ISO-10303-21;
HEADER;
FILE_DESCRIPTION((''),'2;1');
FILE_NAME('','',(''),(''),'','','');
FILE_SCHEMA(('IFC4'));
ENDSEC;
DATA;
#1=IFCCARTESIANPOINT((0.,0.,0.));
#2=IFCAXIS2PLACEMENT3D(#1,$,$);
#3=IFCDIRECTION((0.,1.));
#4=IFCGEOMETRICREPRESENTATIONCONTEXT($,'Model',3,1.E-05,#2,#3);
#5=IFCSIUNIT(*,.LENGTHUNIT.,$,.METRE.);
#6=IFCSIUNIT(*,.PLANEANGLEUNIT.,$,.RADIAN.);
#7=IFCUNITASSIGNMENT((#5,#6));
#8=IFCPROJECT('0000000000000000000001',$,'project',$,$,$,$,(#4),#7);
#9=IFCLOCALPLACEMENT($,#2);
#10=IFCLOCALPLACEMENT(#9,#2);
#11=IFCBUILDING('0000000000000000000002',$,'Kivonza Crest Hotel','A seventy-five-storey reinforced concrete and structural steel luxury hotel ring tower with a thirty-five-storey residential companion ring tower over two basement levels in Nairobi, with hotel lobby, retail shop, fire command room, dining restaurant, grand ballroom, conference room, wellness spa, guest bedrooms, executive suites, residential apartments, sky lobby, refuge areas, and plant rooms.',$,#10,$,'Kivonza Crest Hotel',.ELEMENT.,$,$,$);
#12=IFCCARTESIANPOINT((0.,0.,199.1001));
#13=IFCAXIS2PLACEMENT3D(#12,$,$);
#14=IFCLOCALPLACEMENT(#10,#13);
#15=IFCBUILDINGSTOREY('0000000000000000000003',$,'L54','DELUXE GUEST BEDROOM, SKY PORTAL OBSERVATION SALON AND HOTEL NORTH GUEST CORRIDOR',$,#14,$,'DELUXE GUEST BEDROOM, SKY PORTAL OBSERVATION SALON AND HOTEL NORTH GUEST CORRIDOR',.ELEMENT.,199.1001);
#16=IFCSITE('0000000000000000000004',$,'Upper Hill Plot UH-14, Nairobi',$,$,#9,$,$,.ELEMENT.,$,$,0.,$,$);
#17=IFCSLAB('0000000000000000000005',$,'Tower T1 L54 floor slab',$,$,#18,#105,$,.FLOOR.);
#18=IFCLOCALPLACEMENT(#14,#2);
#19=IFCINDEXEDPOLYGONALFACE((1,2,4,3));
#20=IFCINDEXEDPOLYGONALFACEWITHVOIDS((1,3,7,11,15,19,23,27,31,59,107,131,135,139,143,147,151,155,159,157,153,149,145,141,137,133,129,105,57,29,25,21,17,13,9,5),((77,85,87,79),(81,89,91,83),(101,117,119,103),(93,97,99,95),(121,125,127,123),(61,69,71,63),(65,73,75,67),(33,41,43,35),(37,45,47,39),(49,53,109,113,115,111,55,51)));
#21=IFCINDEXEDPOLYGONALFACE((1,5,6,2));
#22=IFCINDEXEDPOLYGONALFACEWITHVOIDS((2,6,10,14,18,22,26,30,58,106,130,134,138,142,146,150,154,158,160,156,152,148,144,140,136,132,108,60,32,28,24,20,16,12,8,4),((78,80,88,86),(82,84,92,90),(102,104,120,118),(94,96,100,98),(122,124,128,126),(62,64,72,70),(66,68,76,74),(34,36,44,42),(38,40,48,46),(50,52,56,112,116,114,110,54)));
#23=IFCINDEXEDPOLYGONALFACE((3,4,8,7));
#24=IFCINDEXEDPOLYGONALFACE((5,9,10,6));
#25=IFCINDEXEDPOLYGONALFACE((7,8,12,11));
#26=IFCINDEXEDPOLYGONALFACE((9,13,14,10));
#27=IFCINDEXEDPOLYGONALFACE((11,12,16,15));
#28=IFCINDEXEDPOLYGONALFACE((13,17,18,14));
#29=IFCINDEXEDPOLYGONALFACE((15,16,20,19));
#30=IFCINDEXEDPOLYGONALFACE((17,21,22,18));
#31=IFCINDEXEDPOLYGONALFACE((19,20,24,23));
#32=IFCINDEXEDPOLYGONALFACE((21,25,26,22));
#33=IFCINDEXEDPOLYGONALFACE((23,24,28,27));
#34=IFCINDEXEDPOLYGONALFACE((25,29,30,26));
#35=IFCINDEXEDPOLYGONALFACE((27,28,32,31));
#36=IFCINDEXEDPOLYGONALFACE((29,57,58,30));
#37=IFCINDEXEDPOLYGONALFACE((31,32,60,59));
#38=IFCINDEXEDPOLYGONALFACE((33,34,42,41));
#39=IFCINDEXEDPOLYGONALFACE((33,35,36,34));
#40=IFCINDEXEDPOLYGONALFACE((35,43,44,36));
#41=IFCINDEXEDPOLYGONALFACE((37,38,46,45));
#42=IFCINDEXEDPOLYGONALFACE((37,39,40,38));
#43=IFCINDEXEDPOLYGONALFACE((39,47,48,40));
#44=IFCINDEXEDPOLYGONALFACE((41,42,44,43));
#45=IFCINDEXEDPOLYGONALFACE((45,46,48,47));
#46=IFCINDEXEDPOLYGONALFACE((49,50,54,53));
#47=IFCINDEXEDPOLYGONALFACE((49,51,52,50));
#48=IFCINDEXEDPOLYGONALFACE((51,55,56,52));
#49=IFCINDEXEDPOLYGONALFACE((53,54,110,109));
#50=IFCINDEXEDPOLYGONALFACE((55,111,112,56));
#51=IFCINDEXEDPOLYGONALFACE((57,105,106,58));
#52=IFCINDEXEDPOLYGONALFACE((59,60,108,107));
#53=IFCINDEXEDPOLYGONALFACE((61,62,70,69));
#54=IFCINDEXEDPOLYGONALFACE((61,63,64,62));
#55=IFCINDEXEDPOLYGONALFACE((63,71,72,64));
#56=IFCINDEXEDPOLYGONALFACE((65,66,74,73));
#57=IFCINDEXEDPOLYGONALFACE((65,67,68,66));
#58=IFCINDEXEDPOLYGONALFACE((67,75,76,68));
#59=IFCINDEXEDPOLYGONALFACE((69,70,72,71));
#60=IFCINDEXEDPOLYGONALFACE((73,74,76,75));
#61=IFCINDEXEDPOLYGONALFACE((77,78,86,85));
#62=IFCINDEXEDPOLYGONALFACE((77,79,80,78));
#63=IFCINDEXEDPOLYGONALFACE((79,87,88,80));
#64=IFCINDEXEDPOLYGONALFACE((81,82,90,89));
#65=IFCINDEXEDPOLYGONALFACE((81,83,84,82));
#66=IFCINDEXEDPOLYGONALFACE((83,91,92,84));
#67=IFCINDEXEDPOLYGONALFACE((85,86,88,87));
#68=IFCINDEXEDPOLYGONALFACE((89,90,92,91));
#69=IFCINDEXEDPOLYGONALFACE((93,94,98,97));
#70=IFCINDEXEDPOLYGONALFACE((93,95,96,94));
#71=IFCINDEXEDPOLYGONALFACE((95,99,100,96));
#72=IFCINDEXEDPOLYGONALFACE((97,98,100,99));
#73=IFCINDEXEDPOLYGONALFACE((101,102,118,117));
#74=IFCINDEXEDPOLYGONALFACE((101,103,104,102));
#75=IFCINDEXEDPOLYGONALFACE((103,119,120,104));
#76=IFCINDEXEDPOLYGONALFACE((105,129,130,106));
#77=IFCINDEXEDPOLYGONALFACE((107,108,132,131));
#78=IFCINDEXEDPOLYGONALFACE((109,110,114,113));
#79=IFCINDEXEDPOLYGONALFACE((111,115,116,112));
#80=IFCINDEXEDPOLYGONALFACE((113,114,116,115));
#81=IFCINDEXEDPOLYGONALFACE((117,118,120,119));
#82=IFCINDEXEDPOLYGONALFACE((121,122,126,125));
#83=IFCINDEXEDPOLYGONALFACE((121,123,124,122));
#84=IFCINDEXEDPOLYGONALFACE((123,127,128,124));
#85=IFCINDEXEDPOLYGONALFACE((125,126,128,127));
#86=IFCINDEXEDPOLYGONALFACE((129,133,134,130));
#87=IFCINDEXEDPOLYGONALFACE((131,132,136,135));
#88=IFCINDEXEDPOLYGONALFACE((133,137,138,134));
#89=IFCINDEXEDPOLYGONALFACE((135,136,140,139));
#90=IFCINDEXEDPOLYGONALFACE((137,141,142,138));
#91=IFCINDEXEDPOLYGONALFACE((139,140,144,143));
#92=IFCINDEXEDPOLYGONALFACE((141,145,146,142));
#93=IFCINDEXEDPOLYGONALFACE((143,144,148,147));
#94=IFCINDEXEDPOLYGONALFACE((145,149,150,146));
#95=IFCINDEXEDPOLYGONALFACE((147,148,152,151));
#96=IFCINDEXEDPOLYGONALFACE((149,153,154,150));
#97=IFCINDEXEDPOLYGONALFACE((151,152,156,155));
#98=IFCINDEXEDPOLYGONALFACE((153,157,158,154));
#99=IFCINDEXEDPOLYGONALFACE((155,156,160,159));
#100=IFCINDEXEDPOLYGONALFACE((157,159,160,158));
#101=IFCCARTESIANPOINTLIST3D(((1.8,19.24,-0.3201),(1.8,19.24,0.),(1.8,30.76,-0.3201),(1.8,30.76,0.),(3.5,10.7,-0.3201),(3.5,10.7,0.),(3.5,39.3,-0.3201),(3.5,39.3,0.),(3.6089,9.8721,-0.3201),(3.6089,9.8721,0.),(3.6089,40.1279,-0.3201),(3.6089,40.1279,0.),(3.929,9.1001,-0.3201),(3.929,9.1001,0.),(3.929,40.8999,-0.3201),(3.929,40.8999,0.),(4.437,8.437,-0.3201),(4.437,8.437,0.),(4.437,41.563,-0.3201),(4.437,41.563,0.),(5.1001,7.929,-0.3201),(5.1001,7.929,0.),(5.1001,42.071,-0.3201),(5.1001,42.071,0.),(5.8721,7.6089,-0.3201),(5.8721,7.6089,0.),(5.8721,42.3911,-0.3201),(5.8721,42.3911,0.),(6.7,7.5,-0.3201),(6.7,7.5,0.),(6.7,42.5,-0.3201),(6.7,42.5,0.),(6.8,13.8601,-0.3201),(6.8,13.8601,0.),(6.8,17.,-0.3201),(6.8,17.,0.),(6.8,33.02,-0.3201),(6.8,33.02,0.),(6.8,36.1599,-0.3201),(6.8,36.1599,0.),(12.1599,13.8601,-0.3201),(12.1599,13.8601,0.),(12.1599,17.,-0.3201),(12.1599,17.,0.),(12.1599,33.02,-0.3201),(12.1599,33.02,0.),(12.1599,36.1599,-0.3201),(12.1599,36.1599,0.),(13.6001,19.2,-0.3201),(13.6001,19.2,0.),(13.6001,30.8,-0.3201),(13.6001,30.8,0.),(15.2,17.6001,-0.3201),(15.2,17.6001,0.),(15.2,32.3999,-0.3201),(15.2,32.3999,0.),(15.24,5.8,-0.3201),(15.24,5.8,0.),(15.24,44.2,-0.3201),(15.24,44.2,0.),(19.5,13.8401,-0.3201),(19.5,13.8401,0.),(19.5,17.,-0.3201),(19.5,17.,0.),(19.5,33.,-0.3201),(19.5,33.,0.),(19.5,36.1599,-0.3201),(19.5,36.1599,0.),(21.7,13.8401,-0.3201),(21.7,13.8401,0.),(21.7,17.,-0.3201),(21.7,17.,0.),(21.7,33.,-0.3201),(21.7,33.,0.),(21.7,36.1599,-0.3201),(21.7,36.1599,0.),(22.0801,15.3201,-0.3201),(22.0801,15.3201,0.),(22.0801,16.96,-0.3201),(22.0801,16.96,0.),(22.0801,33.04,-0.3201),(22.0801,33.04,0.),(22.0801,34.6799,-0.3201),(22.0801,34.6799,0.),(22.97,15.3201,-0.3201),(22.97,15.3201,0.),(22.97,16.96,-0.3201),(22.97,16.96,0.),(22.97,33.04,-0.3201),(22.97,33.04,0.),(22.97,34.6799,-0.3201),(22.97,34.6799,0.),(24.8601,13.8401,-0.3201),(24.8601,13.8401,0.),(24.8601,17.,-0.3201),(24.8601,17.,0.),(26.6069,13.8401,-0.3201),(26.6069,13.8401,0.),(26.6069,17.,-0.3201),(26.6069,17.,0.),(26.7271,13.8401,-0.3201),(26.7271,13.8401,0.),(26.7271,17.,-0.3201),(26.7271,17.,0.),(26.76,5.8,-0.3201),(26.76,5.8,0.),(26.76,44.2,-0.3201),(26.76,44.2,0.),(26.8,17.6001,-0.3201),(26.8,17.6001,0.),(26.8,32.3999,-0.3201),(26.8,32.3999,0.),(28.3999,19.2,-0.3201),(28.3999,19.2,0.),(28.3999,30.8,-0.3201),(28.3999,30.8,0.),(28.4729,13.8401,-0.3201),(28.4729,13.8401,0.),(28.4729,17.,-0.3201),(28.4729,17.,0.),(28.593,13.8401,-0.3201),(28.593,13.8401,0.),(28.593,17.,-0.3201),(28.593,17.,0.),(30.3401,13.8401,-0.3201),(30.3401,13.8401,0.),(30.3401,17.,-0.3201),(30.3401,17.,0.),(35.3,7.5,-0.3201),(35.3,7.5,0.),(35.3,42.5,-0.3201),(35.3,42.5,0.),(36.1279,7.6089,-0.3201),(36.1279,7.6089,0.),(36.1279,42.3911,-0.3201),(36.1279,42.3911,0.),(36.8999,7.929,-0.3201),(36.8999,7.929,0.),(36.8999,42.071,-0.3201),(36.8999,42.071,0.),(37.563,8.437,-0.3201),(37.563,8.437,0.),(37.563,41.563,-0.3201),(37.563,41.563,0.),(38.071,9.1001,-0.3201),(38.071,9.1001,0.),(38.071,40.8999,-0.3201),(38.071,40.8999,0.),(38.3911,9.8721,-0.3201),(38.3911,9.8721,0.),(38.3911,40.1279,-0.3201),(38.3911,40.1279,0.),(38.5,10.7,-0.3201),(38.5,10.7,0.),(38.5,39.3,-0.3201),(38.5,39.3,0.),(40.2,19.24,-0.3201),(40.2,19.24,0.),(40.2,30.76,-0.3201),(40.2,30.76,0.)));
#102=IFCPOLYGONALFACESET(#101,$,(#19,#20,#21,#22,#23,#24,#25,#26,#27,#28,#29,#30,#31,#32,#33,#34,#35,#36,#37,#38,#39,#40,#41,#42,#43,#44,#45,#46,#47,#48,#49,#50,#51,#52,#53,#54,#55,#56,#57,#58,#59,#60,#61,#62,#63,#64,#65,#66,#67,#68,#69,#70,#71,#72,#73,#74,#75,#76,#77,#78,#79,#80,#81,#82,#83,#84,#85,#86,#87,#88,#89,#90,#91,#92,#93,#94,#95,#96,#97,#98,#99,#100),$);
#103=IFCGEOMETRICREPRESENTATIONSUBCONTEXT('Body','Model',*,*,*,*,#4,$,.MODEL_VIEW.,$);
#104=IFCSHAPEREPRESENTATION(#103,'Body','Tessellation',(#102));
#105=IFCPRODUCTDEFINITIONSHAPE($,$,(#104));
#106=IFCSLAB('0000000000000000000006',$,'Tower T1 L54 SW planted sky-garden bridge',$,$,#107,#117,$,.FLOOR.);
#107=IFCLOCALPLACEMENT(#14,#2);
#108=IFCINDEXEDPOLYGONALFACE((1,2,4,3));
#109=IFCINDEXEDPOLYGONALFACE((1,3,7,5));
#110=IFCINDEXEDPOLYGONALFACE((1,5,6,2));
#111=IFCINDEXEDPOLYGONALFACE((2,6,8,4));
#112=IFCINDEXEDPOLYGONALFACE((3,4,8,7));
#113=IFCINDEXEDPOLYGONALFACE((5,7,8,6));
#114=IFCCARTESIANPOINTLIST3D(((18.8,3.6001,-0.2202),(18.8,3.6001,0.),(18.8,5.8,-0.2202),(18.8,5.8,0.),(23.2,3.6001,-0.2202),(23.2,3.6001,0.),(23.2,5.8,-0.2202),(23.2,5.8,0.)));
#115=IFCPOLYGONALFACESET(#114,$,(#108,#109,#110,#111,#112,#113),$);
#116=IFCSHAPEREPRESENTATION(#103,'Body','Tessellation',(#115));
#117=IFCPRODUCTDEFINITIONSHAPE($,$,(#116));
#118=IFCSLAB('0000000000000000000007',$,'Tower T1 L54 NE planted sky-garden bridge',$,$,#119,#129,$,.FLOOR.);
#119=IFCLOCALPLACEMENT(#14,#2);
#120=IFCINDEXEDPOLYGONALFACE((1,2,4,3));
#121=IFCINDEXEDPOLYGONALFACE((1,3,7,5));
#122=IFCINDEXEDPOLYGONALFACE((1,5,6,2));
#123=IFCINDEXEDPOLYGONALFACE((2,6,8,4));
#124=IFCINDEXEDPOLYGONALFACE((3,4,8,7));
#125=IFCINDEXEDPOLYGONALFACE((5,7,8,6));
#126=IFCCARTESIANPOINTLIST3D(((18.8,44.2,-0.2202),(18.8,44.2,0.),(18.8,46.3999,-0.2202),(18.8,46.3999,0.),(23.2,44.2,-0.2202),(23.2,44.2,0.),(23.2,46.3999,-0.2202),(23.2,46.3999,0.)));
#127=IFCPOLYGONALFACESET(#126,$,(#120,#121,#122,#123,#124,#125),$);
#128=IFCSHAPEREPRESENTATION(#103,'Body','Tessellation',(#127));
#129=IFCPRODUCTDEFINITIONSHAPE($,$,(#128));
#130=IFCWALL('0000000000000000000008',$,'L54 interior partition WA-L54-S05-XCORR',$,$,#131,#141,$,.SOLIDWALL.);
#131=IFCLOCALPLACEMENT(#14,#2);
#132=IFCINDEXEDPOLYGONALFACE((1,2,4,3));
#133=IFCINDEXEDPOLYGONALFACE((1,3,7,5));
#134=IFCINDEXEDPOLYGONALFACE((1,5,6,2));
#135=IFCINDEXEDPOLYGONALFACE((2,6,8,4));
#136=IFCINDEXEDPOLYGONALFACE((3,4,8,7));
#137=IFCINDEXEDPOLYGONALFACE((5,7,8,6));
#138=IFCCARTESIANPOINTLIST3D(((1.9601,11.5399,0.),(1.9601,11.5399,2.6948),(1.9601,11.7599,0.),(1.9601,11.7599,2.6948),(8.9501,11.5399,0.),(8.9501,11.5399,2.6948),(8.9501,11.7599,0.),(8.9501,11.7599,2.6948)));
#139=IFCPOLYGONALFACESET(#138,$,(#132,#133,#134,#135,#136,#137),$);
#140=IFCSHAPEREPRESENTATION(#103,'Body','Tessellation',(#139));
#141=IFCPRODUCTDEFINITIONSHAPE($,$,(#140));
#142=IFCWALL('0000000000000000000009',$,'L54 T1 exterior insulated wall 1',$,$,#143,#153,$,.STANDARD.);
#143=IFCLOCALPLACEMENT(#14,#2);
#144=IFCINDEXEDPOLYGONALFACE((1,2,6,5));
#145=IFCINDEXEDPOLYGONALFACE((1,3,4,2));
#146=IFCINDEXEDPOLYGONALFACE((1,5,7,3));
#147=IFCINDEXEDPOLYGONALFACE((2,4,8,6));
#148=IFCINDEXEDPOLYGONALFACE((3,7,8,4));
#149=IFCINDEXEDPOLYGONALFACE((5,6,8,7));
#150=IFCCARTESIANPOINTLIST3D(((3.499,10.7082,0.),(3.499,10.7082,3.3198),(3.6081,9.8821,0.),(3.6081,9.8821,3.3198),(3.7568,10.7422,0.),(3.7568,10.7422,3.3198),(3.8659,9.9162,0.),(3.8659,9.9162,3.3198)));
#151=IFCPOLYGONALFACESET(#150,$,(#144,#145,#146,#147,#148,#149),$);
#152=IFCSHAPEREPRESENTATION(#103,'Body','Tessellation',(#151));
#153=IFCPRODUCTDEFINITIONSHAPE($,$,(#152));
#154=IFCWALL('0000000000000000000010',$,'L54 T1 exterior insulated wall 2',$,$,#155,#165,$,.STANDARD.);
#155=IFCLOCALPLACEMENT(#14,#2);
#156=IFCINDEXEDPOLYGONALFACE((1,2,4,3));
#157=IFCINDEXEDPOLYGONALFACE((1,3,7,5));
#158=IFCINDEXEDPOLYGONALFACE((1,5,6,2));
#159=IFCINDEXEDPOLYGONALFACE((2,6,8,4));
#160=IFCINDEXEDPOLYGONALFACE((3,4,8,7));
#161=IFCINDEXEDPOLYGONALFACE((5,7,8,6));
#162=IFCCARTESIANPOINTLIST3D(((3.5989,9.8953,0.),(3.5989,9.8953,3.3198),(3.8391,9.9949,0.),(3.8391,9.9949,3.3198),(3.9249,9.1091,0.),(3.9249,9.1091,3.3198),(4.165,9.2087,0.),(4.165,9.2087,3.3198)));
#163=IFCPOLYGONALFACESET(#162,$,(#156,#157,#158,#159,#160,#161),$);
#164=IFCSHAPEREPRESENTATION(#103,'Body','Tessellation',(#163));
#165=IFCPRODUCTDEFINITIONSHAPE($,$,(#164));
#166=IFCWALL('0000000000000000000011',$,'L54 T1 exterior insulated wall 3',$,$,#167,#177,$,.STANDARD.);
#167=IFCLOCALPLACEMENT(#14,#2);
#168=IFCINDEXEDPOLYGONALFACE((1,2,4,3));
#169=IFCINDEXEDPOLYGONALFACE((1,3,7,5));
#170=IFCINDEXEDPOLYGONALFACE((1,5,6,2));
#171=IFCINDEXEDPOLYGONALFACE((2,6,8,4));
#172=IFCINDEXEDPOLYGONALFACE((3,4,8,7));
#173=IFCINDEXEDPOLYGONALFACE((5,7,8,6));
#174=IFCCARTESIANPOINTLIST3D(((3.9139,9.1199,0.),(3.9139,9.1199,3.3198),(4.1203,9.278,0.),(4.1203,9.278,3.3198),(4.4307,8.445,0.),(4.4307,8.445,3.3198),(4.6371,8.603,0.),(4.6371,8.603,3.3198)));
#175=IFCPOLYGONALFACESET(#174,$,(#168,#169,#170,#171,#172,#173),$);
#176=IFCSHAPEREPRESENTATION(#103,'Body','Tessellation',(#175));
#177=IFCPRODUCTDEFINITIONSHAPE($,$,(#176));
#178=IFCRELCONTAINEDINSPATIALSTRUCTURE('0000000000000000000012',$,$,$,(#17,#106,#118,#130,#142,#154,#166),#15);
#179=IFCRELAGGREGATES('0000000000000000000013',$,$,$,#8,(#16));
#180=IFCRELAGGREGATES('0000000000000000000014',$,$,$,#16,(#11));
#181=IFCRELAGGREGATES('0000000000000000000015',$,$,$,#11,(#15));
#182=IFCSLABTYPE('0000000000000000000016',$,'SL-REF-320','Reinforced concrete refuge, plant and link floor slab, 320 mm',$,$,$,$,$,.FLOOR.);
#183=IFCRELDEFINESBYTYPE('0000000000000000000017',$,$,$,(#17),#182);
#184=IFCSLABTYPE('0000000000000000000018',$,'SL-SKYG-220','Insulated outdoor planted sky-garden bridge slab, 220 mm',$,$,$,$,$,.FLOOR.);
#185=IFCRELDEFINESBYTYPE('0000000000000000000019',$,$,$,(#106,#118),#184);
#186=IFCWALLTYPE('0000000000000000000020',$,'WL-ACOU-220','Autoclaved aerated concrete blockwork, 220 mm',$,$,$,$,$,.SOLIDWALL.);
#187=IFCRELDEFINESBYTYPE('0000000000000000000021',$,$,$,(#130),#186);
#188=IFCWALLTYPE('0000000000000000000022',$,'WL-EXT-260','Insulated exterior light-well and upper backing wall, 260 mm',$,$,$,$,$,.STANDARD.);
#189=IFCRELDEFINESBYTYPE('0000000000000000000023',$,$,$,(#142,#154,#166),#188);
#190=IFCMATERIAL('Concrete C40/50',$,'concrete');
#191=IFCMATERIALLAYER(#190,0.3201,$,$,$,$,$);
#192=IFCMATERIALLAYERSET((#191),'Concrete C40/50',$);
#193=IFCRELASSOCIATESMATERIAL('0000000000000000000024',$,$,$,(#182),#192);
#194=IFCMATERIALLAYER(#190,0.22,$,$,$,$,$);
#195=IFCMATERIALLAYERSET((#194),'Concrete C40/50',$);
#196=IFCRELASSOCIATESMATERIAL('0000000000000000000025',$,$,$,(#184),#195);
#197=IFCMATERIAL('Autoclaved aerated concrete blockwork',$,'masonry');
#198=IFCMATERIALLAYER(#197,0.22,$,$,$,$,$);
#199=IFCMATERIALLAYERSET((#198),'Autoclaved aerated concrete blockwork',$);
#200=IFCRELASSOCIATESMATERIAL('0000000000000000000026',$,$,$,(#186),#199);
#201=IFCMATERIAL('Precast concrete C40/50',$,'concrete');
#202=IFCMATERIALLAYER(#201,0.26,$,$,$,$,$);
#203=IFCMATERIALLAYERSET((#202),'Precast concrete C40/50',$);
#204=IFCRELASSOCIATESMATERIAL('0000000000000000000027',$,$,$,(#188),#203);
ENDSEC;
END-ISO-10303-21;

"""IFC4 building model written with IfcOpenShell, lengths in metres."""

from ifc_helpers import new_model, si_unit, direction, frame, frame_2d, origin, place, context, subcontext, project, spatial, polyline, rectangle, outline, extrude, material, layer, layer_set, type_object, element, save


model = new_model("IFC4")

# Units and contexts
model_context = context("Model", 3, precision=1e-05, world=origin(), true_north=direction((0.0, 1.0)))
body_context = subcontext(model_context, "Body", "Model", "MODEL_VIEW")
ifc_project = project(units=[si_unit("LENGTHUNIT", "METRE"), si_unit("PLANEANGLEUNIT", "RADIAN")], contexts=[model_context])

# Site, building, storey
site_placement = place(None, origin())
site = spatial("IfcSite", under=ifc_project, at=site_placement, Name="Upper Hill Plot UH-14, Nairobi", CompositionType="ELEMENT", RefElevation=0.0)
building_placement = place(site_placement, origin())
building = spatial("IfcBuilding", under=site, at=building_placement, Name="Kivonza Crest Hotel", Description="A seventy-five-storey reinforced concrete and structural steel luxury hotel ring tower with a thirty-five-storey residential companion ring tower over two basement levels in Nairobi, with hotel lobby, retail shop, fire command room, dining restaurant, grand ballroom, conference room, wellness spa, guest bedrooms, executive suites, residential apartments, sky lobby, refuge areas, and plant rooms.", LongName="Kivonza Crest Hotel", CompositionType="ELEMENT")
storey_placement = place(building_placement, frame((0.0, 0.0, 199.1001)))
storey = spatial("IfcBuildingStorey", under=building, at=storey_placement, Name="L54", Description="DELUXE GUEST BEDROOM, SKY PORTAL OBSERVATION SALON AND HOTEL NORTH GUEST CORRIDOR", LongName="DELUXE GUEST BEDROOM, SKY PORTAL OBSERVATION SALON AND HOTEL NORTH GUEST CORRIDOR", CompositionType="ELEMENT", Elevation=199.1001)

# Shared definitions
ifc_material_1 = material(Name="Concrete C40/50", Category="concrete")

# Slabs
ifc_layer_1 = layer(ifc_material_1, 0.3201)
ifc_layer_set_1 = layer_set([ifc_layer_1], Name="Concrete C40/50")
slab_type_1 = type_object("IfcSlabType", Name="SL-REF-320", Description="Reinforced concrete refuge, plant and link floor slab, 320 mm", PredefinedType="FLOOR", material=ifc_layer_set_1)
slab_1_placement = place(storey_placement, frame((0.0, 0.0, -0.3201)))
element("IfcSlab", 1, at=slab_1_placement, inside=storey, type_object=slab_type_1, Name="Tower T1 L54 floor slab", PredefinedType="FLOOR", context=body_context, shape_type="SweptSolid", body=[
    extrude(outline(polyline([(3.5, 10.7), (3.6089, 9.8721), (3.929, 9.1001), (4.437, 8.437), (5.1001, 7.929), (5.8721, 7.6089), (6.7, 7.5), (15.24, 5.8), (26.76, 5.8), (35.3, 7.5), (36.1279, 7.6089), (36.8999, 7.929), (37.563, 8.437), (38.071, 9.1001), (38.3911, 9.8721), (38.5, 10.7), (40.2, 19.24), (40.2, 30.76), (38.5, 39.3), (38.3911, 40.1279), (38.071, 40.8999), (37.563, 41.563), (36.8999, 42.071), (36.1279, 42.3911), (35.3, 42.5), (26.76, 44.2), (15.24, 44.2), (6.7, 42.5), (5.8721, 42.3911), (5.1001, 42.071), (4.437, 41.563), (3.929, 40.8999), (3.6089, 40.1279), (3.5, 39.3), (1.8, 30.76), (1.8, 19.24), (3.5, 10.7)]), holes=[polyline([(15.2, 17.6001), (26.8, 17.6001), (28.3999, 19.2), (28.3999, 30.8), (26.8, 32.3999), (15.2, 32.3999), (13.6001, 30.8), (13.6001, 19.2), (15.2, 17.6001)]), polyline([(6.8, 33.02), (12.1599, 33.02), (12.1599, 36.1599), (6.8, 36.1599), (6.8, 33.02)]), polyline([(6.8, 13.8601), (12.1599, 13.8601), (12.1599, 17.0), (6.8, 17.0), (6.8, 13.8601)]), polyline([(22.0801, 33.04), (22.97, 33.04), (22.97, 34.6799), (22.0801, 34.6799), (22.0801, 33.04)]), polyline([(22.0801, 15.3201), (22.97, 15.3201), (22.97, 16.96), (22.0801, 16.96), (22.0801, 15.3201)]), polyline([(19.5, 33.0), (21.7, 33.0), (21.7, 36.1599), (19.5, 36.1599), (19.5, 33.0)]), polyline([(19.5, 13.8401), (21.7, 13.8401), (21.7, 17.0), (19.5, 17.0), (19.5, 13.8401)]), polyline([(24.8601, 13.8401), (26.6069, 13.8401), (26.6069, 17.0), (24.8601, 17.0), (24.8601, 13.8401)]), polyline([(26.7271, 13.8401), (28.4729, 13.8401), (28.4729, 17.0), (26.7271, 17.0), (26.7271, 13.8401)]), polyline([(28.593, 13.8401), (30.3401, 13.8401), (30.3401, 17.0), (28.593, 17.0), (28.593, 13.8401)])]), origin(), (0.0, 0.0, 1.0), 0.3201),
])
ifc_layer_2 = layer(ifc_material_1, 0.22)
ifc_layer_set_2 = layer_set([ifc_layer_2], Name="Concrete C40/50")
slab_type_2 = type_object("IfcSlabType", Name="SL-SKYG-220", Description="Insulated outdoor planted sky-garden bridge slab, 220 mm", PredefinedType="FLOOR", material=ifc_layer_set_2)
slab_2_placement = place(storey_placement, frame((0.0, 0.0, -0.2202)))
element("IfcSlab", 2, at=slab_2_placement, inside=storey, type_object=slab_type_2, Name="Tower T1 L54 SW planted sky-garden bridge", PredefinedType="FLOOR", context=body_context, shape_type="SweptSolid", body=[
    extrude(outline(polyline([(18.8, 3.6001), (23.2, 3.6001), (23.2, 5.8), (18.8, 5.8), (18.8, 3.6001)])), origin(), (0.0, 0.0, 1.0), 0.2202),
])
slab_3_placement = place(storey_placement, frame((0.0, 0.0, -0.2202)))
element("IfcSlab", 3, at=slab_3_placement, inside=storey, type_object=slab_type_2, Name="Tower T1 L54 NE planted sky-garden bridge", PredefinedType="FLOOR", context=body_context, shape_type="SweptSolid", body=[
    extrude(outline(polyline([(18.8, 44.2), (23.2, 44.2), (23.2, 46.3999), (18.8, 46.3999), (18.8, 44.2)])), origin(), (0.0, 0.0, 1.0), 0.2202),
])

# Walls
ifc_material_2 = material(Name="Autoclaved aerated concrete blockwork", Category="masonry")
ifc_layer_3 = layer(ifc_material_2, 0.22)
ifc_layer_set_3 = layer_set([ifc_layer_3], Name="Autoclaved aerated concrete blockwork")
wall_type_1 = type_object("IfcWallType", Name="WL-ACOU-220", Description="Autoclaved aerated concrete blockwork, 220 mm", PredefinedType="SOLIDWALL", material=ifc_layer_set_3)
wall_1_placement = place(storey_placement, frame((1.96, 11.6499, 0.0), z_axis=(0.0, 0.0, 1.0), x_axis=(1.0, 0.0, 0.0)))
element("IfcWall", 4, at=wall_1_placement, inside=storey, type_object=wall_type_1, Name="L54 interior partition WA-L54-S05-XCORR", PredefinedType="SOLIDWALL", context=body_context, shape_type="SweptSolid", body=[
    extrude(rectangle(XDim=6.99, YDim=0.22, at=frame_2d((3.4951, 0.0))), origin(), (0.0, 0.0, 1.0), 2.6948),
])
ifc_material_3 = material(Name="Precast concrete C40/50", Category="concrete")
ifc_layer_4 = layer(ifc_material_3, 0.26)
ifc_layer_set_4 = layer_set([ifc_layer_4], Name="Precast concrete C40/50")
wall_type_2 = type_object("IfcWallType", Name="WL-EXT-260", Description="Insulated exterior light-well and upper backing wall, 260 mm", PredefinedType="STANDARD", material=ifc_layer_set_4)
wall_2_placement = place(storey_placement, frame((3.6279, 10.7251, 0.0), z_axis=(0.0, 0.0, 1.0), x_axis=(0.130955, -0.991388, 0.0)))
element("IfcWall", 5, at=wall_2_placement, inside=storey, type_object=wall_type_2, Name="L54 T1 exterior insulated wall 1", PredefinedType="STANDARD", context=body_context, shape_type="SweptSolid", body=[
    extrude(rectangle(XDim=0.8333, YDim=0.26, at=frame_2d((0.4165, 0.0))), origin(), (0.0, 0.0, 1.0), 3.3198),
])
wall_3_placement = place(storey_placement, frame((3.719, 9.9451, 0.0), z_axis=(0.0, 0.0, 1.0), x_axis=(0.382985, -0.923754, 0.0)))
element("IfcWall", 6, at=wall_3_placement, inside=storey, type_object=wall_type_2, Name="L54 T1 exterior insulated wall 2", PredefinedType="STANDARD", context=body_context, shape_type="SweptSolid", body=[
    extrude(rectangle(XDim=0.8511, YDim=0.26, at=frame_2d((0.4255, 0.0))), origin(), (0.0, 0.0, 1.0), 3.3198),
])
for number, where, z_axis, x_axis, name in (
    (7, (4.0171, 9.199, 0.0), (0.0, 0.0, 1.0), (0.607919, -0.793999, 0.0), "L54 T1 exterior insulated wall 3"),
):
    element("IfcWall", number, at=place(storey_placement, frame(where, z_axis=z_axis, x_axis=x_axis)), inside=storey, type_object=wall_type_2, Name=name, PredefinedType="STANDARD", context=body_context, shape_type="SweptSolid", body=[
        extrude(rectangle(XDim=0.8501, YDim=0.26, at=frame_2d((0.425, 0.0))), origin(), (0.0, 0.0, 1.0), 3.3198),
    ])

save(model, "model.ifc")
